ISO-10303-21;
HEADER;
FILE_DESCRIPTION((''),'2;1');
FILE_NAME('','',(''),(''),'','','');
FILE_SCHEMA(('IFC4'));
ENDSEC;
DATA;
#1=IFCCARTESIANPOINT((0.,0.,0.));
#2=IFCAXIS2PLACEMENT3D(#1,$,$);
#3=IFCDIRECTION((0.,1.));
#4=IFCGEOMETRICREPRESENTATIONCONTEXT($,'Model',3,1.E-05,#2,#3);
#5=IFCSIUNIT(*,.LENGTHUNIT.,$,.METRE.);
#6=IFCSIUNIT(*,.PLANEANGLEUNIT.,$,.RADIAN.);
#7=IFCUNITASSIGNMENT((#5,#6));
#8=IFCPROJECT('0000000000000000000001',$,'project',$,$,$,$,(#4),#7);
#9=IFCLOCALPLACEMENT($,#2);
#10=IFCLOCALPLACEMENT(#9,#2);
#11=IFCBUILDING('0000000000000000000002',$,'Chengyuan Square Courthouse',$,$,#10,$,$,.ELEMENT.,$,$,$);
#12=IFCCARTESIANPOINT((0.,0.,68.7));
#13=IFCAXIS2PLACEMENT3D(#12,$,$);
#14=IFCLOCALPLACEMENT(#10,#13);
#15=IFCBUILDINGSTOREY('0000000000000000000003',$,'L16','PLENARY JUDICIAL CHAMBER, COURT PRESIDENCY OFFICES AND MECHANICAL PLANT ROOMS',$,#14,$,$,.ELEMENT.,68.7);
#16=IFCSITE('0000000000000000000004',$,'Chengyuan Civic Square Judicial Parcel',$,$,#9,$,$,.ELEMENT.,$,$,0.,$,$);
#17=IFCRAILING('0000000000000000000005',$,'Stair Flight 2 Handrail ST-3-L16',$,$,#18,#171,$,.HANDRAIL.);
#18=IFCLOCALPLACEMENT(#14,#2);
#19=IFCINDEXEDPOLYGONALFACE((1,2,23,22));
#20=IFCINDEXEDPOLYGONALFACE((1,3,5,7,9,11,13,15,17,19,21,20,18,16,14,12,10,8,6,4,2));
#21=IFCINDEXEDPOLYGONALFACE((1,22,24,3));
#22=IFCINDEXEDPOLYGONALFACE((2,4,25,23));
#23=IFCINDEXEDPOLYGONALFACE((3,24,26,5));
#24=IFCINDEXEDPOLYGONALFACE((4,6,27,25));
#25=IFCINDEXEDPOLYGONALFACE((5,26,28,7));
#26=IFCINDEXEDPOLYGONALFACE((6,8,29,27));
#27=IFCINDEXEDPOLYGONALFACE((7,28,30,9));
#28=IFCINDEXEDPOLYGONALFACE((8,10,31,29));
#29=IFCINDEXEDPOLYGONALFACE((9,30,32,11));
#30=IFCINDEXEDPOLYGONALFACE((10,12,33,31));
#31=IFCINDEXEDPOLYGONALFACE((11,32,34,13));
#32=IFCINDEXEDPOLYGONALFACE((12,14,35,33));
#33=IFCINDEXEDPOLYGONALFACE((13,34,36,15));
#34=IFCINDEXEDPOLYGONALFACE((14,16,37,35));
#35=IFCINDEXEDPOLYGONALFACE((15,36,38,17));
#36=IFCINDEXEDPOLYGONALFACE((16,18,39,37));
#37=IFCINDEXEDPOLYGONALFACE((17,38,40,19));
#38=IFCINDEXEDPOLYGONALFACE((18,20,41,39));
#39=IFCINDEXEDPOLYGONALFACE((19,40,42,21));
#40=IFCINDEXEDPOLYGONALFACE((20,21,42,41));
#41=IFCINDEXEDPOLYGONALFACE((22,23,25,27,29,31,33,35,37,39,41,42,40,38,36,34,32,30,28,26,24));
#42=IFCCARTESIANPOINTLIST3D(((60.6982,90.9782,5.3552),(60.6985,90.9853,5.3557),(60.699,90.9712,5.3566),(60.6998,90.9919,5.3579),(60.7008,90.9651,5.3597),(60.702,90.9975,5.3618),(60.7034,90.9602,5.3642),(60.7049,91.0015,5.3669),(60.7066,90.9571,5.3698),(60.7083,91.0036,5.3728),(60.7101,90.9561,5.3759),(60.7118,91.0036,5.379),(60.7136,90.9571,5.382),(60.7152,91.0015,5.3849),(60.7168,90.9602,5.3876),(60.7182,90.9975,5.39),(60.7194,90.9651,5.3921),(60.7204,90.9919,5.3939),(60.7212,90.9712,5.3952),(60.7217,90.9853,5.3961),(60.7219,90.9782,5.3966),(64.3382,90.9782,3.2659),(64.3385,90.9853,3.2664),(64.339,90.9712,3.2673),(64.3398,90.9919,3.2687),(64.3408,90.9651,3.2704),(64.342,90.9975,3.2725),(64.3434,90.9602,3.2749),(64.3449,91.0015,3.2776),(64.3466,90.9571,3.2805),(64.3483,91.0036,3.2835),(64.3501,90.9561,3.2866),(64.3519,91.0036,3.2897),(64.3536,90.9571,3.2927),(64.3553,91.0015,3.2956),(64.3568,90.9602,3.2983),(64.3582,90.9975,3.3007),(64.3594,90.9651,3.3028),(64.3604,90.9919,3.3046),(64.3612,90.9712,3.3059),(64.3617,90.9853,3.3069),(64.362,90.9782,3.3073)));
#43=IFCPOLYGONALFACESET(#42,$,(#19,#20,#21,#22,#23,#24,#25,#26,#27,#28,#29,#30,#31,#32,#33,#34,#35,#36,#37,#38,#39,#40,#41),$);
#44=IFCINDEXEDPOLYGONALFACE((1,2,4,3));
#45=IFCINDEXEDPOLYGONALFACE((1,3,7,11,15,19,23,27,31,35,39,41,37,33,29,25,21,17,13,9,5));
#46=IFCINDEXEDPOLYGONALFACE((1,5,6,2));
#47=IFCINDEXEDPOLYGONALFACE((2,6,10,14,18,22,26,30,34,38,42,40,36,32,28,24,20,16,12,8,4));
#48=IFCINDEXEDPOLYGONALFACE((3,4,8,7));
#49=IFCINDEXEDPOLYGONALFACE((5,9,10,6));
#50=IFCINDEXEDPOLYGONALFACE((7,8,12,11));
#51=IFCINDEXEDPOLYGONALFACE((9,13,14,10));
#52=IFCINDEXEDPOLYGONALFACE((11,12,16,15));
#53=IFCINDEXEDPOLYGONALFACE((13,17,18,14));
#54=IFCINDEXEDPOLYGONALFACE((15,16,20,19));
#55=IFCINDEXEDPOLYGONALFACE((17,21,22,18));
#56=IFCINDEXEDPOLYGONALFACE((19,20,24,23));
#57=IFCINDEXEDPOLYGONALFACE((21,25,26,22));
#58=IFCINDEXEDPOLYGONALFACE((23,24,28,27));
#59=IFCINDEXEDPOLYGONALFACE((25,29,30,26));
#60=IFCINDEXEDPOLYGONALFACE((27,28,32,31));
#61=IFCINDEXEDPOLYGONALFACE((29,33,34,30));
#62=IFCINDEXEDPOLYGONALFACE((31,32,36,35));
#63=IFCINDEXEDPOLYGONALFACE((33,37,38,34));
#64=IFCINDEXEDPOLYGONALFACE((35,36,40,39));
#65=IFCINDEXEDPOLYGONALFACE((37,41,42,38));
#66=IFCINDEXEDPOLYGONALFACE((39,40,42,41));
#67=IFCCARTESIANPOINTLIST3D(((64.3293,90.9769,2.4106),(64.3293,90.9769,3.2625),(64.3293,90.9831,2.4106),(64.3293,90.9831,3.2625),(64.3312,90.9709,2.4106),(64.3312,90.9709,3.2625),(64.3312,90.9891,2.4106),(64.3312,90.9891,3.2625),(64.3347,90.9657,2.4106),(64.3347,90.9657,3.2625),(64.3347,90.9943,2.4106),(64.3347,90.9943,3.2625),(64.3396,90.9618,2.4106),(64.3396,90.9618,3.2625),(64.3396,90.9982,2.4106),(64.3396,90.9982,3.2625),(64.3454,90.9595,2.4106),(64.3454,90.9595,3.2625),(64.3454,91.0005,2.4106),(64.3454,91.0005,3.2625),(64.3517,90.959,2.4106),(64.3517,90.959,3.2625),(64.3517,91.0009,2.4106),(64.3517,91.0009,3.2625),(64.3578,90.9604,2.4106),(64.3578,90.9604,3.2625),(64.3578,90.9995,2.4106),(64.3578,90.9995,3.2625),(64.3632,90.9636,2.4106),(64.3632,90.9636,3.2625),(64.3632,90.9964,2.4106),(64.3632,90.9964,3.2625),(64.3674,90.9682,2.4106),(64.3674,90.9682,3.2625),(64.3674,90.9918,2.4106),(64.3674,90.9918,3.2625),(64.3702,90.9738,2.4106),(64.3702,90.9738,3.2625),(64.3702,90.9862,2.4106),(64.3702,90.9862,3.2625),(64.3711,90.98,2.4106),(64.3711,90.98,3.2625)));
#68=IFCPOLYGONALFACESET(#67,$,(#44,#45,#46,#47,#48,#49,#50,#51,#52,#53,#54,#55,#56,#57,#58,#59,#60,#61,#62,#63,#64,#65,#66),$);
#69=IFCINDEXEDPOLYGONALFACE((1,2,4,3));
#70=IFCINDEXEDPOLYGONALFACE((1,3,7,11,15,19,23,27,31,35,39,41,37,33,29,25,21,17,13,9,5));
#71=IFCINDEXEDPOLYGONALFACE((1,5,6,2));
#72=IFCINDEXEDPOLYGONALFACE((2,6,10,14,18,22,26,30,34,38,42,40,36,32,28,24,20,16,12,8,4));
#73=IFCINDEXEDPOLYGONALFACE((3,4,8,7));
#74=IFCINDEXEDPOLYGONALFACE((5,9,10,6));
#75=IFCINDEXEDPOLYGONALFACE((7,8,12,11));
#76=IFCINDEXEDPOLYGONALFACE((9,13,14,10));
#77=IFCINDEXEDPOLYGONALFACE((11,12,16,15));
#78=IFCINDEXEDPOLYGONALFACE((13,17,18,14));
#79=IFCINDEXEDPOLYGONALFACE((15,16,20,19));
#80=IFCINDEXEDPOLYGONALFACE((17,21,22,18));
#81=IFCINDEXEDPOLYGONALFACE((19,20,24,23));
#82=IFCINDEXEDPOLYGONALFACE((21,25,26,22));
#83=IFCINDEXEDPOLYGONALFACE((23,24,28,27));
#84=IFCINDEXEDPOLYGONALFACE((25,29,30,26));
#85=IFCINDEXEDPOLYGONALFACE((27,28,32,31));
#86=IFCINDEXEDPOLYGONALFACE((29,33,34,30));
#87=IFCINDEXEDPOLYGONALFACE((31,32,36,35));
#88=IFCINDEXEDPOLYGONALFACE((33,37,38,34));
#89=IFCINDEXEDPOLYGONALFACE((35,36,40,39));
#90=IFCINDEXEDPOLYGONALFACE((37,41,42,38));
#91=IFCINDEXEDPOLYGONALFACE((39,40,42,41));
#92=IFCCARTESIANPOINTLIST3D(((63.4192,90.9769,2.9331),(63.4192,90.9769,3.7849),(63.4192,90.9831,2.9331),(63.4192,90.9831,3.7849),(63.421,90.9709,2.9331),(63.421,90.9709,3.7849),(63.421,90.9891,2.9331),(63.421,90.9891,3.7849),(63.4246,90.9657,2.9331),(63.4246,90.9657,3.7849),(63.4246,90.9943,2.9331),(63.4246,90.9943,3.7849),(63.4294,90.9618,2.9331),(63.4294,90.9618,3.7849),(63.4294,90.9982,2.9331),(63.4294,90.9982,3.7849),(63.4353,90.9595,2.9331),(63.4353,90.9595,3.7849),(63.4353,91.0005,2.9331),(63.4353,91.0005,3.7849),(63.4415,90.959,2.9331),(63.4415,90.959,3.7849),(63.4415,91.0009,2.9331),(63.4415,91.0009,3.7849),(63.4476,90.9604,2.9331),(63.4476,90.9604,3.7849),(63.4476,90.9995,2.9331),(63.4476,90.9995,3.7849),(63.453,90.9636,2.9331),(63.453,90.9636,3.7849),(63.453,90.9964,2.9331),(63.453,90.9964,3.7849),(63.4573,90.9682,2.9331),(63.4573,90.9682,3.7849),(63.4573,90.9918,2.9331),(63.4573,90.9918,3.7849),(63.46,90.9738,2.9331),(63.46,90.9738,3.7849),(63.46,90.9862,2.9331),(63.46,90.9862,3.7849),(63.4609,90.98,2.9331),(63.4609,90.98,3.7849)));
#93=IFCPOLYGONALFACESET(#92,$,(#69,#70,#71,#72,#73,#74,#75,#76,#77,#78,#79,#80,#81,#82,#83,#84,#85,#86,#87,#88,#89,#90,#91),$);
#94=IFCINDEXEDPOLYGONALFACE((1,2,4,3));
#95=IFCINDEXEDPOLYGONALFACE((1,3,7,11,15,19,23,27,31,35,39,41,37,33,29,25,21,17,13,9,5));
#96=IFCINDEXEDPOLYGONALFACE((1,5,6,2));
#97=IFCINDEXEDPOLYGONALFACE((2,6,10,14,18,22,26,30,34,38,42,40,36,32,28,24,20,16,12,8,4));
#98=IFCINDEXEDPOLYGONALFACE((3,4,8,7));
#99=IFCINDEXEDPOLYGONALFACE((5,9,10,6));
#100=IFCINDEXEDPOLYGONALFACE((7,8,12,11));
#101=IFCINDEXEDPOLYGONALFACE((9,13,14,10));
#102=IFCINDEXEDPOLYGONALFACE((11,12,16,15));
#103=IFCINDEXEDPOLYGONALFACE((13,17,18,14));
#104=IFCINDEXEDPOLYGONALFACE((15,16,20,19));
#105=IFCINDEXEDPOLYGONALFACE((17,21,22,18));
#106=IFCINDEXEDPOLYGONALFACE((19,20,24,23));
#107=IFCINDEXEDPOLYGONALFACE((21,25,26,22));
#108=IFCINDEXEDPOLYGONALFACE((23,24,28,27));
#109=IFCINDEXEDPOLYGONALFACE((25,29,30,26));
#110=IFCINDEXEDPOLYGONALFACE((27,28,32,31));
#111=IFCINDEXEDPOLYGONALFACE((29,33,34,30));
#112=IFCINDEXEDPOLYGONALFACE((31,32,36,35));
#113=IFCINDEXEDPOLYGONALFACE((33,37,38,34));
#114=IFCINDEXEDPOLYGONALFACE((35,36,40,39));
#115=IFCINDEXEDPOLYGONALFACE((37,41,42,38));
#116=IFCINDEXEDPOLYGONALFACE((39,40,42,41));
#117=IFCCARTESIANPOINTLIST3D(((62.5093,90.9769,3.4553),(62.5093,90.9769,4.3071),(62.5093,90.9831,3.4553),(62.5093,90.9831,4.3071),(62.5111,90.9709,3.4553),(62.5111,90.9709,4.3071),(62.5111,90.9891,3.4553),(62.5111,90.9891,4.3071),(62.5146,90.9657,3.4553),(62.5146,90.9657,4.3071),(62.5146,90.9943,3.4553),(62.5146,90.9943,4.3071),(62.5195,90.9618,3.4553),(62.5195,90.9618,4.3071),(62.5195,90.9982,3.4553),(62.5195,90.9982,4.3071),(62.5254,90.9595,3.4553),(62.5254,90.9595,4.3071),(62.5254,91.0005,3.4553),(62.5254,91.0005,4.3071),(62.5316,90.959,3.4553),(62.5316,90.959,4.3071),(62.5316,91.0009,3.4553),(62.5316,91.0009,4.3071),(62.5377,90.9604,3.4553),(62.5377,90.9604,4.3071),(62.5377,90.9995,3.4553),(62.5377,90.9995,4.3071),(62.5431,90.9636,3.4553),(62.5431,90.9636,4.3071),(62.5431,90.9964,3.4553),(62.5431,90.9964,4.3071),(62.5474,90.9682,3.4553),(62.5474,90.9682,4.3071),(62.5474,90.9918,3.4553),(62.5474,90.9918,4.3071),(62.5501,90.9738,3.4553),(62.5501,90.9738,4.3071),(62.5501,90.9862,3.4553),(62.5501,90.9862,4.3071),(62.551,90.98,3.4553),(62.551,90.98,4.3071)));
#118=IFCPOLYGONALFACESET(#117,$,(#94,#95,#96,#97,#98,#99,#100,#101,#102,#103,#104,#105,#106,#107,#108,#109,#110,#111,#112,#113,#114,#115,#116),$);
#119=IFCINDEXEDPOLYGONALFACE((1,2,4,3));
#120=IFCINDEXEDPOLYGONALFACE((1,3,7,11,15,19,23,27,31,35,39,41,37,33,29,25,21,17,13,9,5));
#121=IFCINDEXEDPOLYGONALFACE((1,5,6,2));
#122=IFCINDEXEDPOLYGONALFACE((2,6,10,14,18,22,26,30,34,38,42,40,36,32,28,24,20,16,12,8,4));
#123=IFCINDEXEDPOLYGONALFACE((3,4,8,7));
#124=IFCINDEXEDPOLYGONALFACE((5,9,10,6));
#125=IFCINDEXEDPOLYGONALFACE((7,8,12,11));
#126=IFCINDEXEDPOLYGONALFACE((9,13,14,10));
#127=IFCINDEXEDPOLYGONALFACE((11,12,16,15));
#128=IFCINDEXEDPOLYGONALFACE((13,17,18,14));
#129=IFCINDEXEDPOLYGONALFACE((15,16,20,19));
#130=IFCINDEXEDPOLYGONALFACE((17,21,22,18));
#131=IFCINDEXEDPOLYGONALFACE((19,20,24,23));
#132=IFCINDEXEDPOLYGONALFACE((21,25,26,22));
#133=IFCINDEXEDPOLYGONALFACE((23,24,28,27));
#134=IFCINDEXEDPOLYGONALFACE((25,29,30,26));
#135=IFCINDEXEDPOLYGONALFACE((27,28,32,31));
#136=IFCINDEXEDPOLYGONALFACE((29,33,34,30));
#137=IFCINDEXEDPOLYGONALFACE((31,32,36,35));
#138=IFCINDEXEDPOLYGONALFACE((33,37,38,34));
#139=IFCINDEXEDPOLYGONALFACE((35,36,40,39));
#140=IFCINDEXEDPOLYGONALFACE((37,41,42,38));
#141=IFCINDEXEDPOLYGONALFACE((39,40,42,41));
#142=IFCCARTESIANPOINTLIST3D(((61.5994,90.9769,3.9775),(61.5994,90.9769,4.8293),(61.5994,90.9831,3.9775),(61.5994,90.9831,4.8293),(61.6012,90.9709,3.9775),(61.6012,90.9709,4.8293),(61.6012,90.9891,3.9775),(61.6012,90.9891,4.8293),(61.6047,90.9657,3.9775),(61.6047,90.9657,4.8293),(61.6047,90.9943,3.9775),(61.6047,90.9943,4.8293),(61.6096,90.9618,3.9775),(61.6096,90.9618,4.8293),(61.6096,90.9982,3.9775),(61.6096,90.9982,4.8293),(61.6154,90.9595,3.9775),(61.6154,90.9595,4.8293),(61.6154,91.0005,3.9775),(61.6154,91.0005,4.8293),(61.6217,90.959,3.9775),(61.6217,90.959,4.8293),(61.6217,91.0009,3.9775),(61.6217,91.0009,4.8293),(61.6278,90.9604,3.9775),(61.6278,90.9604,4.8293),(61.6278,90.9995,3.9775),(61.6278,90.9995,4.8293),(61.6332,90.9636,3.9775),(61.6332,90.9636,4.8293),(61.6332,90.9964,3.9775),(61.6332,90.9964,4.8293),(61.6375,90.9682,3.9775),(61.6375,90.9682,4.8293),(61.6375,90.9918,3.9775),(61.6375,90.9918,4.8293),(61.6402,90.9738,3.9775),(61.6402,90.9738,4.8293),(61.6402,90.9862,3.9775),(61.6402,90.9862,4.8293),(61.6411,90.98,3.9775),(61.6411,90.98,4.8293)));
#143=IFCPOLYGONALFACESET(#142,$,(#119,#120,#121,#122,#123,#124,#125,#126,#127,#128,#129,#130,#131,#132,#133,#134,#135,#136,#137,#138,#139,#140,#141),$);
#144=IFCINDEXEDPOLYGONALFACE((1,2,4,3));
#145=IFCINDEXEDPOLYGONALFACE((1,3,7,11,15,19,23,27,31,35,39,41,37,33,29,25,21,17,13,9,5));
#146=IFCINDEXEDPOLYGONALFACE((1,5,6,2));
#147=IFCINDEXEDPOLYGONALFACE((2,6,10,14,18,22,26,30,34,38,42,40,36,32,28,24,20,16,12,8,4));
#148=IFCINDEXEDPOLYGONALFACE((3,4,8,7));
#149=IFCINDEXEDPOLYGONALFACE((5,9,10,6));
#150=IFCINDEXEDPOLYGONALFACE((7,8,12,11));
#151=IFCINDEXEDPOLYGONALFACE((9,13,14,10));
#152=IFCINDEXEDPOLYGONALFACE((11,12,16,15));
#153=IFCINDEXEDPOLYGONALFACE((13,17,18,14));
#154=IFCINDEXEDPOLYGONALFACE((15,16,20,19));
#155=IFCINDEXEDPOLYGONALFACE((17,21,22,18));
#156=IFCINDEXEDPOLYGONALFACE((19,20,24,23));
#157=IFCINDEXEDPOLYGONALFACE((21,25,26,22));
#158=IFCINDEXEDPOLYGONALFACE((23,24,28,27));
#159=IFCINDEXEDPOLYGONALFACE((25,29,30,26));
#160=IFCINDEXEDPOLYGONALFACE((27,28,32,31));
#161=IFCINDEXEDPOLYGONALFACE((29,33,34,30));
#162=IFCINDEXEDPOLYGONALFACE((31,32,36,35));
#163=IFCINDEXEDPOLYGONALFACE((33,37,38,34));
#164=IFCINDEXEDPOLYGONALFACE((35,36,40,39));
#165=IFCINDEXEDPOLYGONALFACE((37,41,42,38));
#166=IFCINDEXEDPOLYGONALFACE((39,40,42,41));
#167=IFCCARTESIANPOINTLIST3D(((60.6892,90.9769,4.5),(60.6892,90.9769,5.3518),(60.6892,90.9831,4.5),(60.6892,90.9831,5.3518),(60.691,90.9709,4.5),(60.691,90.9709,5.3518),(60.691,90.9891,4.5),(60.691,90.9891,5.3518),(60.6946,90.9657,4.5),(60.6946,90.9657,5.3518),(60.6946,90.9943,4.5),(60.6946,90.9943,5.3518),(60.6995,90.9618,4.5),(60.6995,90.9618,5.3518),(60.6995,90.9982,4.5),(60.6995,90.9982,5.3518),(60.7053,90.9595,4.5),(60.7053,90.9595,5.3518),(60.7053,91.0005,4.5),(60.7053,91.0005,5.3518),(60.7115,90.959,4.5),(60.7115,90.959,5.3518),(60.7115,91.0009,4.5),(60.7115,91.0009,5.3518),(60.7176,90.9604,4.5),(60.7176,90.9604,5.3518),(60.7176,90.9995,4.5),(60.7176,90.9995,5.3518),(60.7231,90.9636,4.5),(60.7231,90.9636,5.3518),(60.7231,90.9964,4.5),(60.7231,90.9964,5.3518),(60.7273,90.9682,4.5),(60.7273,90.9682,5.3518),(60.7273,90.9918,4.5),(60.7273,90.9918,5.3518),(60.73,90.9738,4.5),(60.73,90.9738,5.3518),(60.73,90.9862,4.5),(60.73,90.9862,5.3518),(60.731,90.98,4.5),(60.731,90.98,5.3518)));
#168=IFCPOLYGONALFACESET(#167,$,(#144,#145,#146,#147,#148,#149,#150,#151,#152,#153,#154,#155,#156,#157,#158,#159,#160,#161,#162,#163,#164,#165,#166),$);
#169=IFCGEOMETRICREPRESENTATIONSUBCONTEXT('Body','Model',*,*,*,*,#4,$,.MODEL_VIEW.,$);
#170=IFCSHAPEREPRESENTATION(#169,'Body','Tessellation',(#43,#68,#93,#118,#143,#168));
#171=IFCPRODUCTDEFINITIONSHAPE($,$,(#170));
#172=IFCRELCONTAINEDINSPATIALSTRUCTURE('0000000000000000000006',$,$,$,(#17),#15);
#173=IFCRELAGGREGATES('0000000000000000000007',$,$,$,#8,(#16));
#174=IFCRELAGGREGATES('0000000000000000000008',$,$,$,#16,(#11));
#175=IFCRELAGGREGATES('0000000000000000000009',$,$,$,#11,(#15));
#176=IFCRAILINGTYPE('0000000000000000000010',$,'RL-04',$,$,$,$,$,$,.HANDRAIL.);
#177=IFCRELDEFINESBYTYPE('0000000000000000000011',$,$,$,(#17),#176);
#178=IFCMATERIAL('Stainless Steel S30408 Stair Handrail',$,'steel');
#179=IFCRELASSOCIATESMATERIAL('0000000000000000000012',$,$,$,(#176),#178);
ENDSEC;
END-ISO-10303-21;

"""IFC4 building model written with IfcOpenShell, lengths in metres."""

from ifc_helpers import new_model, si_unit, direction, frame, origin, origin_2d, place, context, subcontext, project, spatial, circle, extrude, material, type_object, element, save


model = new_model("IFC4")

# Units and contexts
model_context = context("Model", 3, precision=1e-05, world=origin(), true_north=direction((0.0, 1.0)))
body_context = subcontext(model_context, "Body", "Model", "MODEL_VIEW")
ifc_project = project(units=[si_unit("LENGTHUNIT", "METRE"), si_unit("PLANEANGLEUNIT", "RADIAN")], contexts=[model_context])

# Site, building, storey
site_placement = place(None, origin())
site = spatial("IfcSite", under=ifc_project, at=site_placement, Name="Chengyuan Civic Square Judicial Parcel", CompositionType="ELEMENT", RefElevation=0.0)
building_placement = place(site_placement, origin())
building = spatial("IfcBuilding", under=site, at=building_placement, Name="Chengyuan Square Courthouse", CompositionType="ELEMENT")
storey_placement = place(building_placement, frame((0.0, 0.0, 68.7)))
storey = spatial("IfcBuildingStorey", under=building, at=storey_placement, Name="L16", Description="PLENARY JUDICIAL CHAMBER, COURT PRESIDENCY OFFICES AND MECHANICAL PLANT ROOMS", CompositionType="ELEMENT", Elevation=68.7)

# Railing
ifc_material_1 = material(Name="Stainless Steel S30408 Stair Handrail", Category="steel")
railing_type_1 = type_object("IfcRailingType", Name="RL-04", PredefinedType="HANDRAIL", material=ifc_material_1)
railing_1_placement = place(storey_placement, frame((64.3501, 90.98, 2.4106)))
element("IfcRailing", 1, at=railing_1_placement, inside=storey, type_object=railing_type_1, Name="Stair Flight 2 Handrail ST-3-L16", PredefinedType="HANDRAIL", context=body_context, shape_type="SweptSolid", body=[
    extrude(circle(Radius=0.0239, at=origin_2d()), frame((0.0, 0.0, 0.876), z_axis=(-0.867289, 0.0, 0.497804), x_axis=(0.0, -1.0, 0.0)), (0.0, 0.0, 1.0), 4.197),
    extrude(circle(Radius=0.021, at=origin_2d()), origin(), (0.0, 0.0, 1.0), 0.8518),
    extrude(circle(Radius=0.021, at=origin_2d()), frame((-0.9102, 0.0, 0.5225)), (0.0, 0.0, 1.0), 0.8518),
    extrude(circle(Radius=0.021, at=origin_2d()), frame((-1.8201, 0.0, 1.0447)), (0.0, 0.0, 1.0), 0.8518),
    extrude(circle(Radius=0.021, at=origin_2d()), frame((-2.73, 0.0, 1.5669)), (0.0, 0.0, 1.0), 0.8518),
    extrude(circle(Radius=0.021, at=origin_2d()), frame((-3.6401, 0.0, 2.0894)), (0.0, 0.0, 1.0), 0.8518),
])

save(model, "model.ifc")
